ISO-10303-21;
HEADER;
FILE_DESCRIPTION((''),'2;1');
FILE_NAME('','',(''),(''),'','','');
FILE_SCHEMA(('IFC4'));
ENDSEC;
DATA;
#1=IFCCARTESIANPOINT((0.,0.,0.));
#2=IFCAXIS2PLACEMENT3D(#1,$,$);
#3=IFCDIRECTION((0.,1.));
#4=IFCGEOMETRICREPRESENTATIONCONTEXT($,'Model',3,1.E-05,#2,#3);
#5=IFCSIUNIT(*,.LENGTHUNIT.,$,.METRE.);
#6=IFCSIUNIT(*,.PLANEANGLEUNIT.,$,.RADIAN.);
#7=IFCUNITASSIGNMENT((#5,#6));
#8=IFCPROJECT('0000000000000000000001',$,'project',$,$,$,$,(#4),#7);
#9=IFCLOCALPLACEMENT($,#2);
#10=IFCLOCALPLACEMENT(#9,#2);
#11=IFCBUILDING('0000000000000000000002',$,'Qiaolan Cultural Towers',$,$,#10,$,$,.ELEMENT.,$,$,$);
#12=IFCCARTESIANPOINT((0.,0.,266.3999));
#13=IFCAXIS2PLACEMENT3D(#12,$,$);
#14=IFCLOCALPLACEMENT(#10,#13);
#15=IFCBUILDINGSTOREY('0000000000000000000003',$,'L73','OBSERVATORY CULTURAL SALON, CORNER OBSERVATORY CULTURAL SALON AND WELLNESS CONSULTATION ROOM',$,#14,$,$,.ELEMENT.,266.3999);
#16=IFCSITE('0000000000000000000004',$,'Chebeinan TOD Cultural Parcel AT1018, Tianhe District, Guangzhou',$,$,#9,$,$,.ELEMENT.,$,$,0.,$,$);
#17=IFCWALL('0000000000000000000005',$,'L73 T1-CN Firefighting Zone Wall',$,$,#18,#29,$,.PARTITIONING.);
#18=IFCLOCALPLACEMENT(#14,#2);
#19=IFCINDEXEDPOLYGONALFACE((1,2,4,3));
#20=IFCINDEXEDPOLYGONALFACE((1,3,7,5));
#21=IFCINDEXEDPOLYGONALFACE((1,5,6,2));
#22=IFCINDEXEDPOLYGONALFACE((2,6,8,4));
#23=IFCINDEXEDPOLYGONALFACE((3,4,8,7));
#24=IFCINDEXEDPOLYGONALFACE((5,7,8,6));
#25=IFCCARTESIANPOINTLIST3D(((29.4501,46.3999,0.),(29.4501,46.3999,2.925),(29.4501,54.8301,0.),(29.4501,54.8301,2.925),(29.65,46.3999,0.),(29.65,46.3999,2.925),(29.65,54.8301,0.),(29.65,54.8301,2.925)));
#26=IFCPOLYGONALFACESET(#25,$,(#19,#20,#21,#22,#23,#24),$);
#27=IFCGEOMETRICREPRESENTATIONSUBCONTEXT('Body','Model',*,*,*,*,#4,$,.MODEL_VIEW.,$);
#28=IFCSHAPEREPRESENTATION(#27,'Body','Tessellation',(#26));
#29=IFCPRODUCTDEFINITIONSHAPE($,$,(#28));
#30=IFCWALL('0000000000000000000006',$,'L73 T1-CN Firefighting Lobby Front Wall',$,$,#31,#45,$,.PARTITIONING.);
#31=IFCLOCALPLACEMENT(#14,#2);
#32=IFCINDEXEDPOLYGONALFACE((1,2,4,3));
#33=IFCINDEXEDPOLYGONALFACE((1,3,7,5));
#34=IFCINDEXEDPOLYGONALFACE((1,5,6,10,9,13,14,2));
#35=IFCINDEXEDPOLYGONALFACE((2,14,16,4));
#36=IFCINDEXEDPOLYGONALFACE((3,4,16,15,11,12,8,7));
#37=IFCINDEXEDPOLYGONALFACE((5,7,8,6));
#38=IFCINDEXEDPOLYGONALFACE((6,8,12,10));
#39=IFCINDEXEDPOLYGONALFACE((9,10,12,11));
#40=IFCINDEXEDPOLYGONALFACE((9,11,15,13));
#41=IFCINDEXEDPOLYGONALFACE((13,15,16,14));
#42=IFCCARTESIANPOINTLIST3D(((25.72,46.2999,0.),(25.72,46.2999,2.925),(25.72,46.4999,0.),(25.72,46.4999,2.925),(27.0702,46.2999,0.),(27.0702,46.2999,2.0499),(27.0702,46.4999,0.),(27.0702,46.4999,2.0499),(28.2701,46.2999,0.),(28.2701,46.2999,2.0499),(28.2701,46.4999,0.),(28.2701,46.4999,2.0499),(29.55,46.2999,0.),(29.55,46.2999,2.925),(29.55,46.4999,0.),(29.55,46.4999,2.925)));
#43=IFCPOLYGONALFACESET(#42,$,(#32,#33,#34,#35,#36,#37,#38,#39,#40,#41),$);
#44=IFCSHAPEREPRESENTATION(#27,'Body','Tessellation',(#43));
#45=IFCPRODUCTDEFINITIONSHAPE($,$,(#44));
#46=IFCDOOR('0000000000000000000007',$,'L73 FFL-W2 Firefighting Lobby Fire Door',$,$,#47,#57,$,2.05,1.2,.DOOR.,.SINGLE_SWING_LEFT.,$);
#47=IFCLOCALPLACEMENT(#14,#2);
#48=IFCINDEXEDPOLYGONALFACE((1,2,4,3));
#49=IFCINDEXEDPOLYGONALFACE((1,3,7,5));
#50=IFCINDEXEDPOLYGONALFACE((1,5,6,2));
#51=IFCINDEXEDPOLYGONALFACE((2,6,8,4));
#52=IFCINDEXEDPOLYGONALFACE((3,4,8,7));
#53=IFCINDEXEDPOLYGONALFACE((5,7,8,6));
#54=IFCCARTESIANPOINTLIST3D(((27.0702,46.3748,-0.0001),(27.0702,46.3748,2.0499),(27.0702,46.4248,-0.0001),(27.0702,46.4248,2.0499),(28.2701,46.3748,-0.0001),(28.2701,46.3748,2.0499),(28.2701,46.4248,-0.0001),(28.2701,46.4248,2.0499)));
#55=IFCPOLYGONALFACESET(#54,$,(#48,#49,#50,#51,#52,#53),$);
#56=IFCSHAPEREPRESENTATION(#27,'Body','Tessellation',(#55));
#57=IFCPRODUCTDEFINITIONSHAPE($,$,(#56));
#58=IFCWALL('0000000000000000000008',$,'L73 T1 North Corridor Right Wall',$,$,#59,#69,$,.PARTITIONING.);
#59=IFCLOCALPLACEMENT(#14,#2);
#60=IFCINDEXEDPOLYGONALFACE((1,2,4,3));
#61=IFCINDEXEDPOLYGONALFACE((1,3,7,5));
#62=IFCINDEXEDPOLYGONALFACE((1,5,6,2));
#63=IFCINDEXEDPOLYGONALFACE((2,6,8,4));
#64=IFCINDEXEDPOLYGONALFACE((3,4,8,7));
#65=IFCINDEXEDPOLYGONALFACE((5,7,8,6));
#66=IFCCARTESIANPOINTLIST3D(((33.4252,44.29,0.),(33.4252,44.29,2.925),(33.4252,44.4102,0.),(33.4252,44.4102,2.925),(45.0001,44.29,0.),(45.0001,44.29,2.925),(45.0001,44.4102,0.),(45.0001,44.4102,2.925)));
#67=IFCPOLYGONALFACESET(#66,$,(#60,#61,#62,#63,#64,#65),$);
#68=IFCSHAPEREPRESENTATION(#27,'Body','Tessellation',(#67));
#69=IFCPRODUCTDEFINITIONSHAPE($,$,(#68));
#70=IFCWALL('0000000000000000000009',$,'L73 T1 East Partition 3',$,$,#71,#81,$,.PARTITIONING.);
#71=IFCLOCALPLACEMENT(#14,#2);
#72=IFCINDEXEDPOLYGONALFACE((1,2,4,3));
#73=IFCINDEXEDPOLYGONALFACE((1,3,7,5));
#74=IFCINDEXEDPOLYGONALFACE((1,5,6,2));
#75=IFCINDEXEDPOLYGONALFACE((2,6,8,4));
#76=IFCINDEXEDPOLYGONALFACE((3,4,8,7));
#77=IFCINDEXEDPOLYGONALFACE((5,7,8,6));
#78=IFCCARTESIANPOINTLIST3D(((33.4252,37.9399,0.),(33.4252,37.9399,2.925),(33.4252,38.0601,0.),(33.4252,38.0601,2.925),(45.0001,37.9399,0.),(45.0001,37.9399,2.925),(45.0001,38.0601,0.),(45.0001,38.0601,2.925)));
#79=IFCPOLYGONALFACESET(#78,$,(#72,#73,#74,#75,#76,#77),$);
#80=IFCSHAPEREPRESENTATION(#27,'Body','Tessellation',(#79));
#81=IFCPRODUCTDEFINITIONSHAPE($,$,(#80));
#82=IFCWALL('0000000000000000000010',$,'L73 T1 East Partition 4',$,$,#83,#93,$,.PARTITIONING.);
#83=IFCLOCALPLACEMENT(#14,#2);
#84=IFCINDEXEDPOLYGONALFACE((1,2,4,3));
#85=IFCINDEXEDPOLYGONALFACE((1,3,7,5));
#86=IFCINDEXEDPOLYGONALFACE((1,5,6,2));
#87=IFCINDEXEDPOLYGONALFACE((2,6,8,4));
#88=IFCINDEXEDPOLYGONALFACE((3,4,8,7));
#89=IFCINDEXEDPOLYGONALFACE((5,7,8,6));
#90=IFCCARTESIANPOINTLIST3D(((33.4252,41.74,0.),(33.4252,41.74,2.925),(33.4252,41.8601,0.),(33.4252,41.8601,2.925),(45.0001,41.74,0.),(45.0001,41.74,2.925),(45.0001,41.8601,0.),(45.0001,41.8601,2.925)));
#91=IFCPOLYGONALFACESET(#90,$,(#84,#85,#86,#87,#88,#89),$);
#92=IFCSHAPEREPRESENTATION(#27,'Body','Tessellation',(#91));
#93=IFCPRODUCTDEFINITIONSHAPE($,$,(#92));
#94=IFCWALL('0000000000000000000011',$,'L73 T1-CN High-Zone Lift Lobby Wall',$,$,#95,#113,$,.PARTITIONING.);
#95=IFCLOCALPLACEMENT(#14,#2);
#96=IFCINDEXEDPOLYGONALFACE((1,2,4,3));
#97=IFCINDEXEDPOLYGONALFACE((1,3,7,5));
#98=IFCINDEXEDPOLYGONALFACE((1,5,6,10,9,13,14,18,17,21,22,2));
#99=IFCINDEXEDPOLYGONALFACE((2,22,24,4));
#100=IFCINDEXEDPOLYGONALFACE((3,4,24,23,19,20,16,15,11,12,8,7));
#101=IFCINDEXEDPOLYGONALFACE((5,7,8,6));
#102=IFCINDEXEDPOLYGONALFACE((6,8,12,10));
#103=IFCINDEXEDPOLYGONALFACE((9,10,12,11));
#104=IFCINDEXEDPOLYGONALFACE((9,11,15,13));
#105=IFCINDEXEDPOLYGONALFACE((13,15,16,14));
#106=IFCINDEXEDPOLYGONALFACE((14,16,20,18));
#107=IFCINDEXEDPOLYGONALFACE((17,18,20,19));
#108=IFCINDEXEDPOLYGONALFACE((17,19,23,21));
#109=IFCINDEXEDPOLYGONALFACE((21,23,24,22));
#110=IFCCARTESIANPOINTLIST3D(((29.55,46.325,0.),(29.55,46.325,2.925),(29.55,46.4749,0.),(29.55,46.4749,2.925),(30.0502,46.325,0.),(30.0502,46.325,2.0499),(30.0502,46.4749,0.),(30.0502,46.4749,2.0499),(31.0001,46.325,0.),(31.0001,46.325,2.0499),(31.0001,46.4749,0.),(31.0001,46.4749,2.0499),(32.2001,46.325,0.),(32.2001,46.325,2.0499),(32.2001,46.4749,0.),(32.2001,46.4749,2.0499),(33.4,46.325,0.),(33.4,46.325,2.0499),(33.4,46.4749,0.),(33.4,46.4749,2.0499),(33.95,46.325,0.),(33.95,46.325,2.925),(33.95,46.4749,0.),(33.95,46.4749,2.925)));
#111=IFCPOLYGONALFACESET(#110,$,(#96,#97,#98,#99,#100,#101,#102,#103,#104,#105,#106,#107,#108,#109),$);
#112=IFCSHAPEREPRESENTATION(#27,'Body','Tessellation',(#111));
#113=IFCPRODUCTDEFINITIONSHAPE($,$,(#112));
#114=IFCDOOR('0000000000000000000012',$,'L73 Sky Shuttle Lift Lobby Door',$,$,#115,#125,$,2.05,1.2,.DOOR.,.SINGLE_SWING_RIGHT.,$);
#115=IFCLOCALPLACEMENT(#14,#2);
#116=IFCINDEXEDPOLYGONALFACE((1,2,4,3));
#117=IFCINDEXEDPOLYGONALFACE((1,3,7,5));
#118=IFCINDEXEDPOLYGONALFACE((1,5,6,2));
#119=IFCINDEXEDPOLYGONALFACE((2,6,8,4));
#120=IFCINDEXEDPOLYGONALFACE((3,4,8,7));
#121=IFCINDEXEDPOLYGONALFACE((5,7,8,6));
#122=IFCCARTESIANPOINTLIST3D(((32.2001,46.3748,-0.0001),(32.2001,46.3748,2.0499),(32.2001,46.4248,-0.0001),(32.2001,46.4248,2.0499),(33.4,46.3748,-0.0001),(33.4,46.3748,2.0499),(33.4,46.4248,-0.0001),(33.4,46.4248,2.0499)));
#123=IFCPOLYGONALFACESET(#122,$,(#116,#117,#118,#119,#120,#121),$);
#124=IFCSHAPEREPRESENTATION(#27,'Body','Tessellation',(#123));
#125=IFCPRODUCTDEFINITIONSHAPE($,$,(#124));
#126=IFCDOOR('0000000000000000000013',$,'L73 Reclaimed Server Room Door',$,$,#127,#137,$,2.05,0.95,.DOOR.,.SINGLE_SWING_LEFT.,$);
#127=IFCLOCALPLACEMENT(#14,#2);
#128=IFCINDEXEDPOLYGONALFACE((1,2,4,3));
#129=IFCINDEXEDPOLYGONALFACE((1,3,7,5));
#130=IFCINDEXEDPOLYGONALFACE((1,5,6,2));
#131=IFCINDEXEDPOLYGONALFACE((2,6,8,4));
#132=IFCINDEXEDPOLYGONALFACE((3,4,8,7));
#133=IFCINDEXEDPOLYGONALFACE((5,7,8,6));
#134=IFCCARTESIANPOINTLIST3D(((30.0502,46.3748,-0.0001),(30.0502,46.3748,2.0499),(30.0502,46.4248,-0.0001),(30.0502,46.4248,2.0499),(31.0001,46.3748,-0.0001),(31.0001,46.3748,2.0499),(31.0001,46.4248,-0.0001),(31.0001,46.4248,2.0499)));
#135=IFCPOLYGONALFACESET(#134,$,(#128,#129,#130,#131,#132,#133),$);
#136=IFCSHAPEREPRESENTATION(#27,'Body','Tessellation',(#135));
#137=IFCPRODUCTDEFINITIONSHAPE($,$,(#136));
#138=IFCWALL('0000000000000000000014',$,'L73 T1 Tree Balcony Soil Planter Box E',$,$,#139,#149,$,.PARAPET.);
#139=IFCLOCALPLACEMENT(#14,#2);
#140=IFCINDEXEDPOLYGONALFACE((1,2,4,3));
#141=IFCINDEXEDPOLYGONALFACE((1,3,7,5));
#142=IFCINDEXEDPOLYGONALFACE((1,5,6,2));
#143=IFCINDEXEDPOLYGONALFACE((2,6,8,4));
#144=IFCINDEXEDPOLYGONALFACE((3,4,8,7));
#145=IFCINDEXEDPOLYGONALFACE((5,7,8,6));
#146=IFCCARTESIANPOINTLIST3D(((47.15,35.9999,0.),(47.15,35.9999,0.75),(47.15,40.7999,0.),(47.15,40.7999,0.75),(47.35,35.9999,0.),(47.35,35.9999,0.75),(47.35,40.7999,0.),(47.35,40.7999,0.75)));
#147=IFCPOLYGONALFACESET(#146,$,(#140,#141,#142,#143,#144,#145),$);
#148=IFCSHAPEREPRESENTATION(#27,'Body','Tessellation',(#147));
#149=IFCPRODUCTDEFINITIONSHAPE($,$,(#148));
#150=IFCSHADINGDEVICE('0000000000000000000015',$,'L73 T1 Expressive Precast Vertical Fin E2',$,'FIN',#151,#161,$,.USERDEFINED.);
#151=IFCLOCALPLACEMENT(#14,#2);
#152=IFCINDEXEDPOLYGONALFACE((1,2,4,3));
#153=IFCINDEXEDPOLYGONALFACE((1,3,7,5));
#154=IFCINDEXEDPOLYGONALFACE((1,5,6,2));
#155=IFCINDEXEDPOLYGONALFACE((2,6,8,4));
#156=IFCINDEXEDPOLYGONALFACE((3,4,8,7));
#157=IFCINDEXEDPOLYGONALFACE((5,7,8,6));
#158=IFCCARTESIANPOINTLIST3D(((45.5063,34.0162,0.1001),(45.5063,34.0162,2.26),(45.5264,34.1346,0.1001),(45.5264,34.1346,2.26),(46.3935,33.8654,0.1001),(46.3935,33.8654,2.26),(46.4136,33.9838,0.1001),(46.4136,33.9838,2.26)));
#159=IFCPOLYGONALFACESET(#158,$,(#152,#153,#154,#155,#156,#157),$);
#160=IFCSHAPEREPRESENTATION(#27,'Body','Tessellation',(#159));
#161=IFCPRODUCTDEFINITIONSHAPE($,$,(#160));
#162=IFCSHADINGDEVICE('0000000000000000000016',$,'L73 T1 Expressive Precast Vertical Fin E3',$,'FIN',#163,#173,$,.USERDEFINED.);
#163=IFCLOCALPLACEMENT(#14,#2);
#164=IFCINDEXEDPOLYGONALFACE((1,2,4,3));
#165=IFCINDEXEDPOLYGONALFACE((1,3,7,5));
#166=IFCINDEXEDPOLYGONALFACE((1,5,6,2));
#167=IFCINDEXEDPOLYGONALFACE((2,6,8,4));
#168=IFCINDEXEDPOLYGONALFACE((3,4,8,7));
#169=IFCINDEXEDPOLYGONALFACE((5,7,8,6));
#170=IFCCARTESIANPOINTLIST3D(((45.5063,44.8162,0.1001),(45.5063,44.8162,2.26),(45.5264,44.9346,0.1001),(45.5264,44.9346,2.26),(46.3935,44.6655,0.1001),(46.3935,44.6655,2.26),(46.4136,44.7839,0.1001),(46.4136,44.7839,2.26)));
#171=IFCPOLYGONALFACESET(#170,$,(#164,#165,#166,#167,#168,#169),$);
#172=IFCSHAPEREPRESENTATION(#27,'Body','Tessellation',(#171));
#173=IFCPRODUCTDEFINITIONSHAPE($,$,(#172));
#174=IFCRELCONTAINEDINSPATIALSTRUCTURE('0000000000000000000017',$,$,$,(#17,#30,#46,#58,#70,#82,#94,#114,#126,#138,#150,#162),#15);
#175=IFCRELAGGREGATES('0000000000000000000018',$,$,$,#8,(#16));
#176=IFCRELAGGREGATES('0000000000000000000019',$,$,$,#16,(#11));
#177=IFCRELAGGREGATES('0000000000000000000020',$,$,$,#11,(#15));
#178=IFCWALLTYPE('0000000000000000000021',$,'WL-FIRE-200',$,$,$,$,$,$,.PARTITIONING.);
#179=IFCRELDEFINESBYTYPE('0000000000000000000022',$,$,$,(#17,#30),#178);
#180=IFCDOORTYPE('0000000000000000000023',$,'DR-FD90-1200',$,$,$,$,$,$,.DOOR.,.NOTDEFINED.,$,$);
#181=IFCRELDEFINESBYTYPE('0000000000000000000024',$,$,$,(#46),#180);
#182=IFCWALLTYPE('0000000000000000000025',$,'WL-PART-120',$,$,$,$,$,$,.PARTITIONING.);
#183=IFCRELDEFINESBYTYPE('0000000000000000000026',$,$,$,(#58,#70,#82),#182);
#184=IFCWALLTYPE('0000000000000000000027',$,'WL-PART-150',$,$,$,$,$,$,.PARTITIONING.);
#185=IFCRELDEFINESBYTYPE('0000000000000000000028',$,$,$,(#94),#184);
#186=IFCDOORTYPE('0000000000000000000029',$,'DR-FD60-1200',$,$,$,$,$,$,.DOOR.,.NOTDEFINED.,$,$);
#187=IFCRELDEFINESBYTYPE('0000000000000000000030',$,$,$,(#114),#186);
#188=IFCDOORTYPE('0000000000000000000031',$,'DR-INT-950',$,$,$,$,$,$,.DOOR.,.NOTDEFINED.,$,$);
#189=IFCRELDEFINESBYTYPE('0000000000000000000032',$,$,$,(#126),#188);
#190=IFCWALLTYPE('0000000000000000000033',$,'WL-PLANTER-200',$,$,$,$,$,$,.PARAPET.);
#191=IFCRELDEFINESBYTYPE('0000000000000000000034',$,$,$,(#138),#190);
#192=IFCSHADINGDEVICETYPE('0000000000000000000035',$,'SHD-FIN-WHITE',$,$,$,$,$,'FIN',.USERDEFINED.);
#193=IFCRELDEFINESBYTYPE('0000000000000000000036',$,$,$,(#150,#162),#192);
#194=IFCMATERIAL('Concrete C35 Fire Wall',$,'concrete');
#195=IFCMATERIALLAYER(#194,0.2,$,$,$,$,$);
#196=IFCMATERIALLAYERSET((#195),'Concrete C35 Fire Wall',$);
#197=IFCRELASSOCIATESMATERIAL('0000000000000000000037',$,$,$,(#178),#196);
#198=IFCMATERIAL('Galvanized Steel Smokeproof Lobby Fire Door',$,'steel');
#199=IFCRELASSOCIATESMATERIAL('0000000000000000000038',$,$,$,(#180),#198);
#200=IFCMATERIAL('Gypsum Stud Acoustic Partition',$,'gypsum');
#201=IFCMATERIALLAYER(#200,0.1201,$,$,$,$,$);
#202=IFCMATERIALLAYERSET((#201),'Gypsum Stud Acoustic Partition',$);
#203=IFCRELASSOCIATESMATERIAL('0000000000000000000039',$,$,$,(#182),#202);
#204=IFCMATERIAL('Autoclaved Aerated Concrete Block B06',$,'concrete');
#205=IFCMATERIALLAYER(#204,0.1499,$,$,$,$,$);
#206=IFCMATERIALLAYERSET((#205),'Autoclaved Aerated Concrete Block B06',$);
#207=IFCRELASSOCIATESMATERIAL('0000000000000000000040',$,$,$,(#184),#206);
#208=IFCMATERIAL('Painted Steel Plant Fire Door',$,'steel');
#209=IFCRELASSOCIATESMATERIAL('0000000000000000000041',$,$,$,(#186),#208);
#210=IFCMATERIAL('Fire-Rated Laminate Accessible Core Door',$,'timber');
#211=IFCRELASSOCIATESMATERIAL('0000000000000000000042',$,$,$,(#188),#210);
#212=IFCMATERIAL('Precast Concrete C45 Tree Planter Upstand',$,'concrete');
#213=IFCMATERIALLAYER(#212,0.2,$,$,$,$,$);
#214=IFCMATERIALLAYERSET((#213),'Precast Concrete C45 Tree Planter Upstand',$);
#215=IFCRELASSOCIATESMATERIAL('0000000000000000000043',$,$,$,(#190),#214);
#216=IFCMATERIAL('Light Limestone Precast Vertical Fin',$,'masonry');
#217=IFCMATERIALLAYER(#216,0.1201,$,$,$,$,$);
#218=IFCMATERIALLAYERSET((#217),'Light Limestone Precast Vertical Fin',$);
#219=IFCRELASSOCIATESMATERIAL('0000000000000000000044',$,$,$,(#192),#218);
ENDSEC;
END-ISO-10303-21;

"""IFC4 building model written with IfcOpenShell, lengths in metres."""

from ifc_helpers import new_model, si_unit, direction, frame, frame_2d, origin, origin_2d, place, context, subcontext, project, spatial, rectangle, extrude, material, layer, layer_set, type_object, element, fill, save


model = new_model("IFC4")

# Units and contexts
model_context = context("Model", 3, precision=1e-05, world=origin(), true_north=direction((0.0, 1.0)))
body_context = subcontext(model_context, "Body", "Model", "MODEL_VIEW")
ifc_project = project(units=[si_unit("LENGTHUNIT", "METRE"), si_unit("PLANEANGLEUNIT", "RADIAN")], contexts=[model_context])

# Site, building, storey
site_placement = place(None, origin())
site = spatial("IfcSite", under=ifc_project, at=site_placement, Name="Chebeinan TOD Cultural Parcel AT1018, Tianhe District, Guangzhou", CompositionType="ELEMENT", RefElevation=0.0)
building_placement = place(site_placement, origin())
building = spatial("IfcBuilding", under=site, at=building_placement, Name="Qiaolan Cultural Towers", CompositionType="ELEMENT")
storey_placement = place(building_placement, frame((0.0, 0.0, 266.3999)))
storey = spatial("IfcBuildingStorey", under=building, at=storey_placement, Name="L73", Description="OBSERVATORY CULTURAL SALON, CORNER OBSERVATORY CULTURAL SALON AND WELLNESS CONSULTATION ROOM", CompositionType="ELEMENT", Elevation=266.3999)

# Wall
ifc_material_1 = material(Name="Concrete C35 Fire Wall", Category="concrete")
ifc_layer_1 = layer(ifc_material_1, 0.2)
ifc_layer_set_1 = layer_set([ifc_layer_1], Name="Concrete C35 Fire Wall")
wall_type_1 = type_object("IfcWallType", Name="WL-FIRE-200", PredefinedType="PARTITIONING", material=ifc_layer_set_1)
wall_1_placement = place(storey_placement, frame((29.55, 46.3999, 0.0), z_axis=(0.0, 0.0, 1.0), x_axis=(0.0, 1.0, 0.0)))
element("IfcWall", 1, at=wall_1_placement, inside=storey, type_object=wall_type_1, Name="L73 T1-CN Firefighting Zone Wall", PredefinedType="PARTITIONING", context=body_context, shape_type="SweptSolid", body=[
    extrude(rectangle(XDim=8.4302, YDim=0.2, at=frame_2d((4.2151, 0.0))), origin(), (0.0, 0.0, 1.0), 2.925),
])

# Wall, opening, door
wall_2_placement = place(storey_placement, frame((25.72, 46.3999, 0.0), z_axis=(0.0, 0.0, 1.0), x_axis=(1.0, 0.0, 0.0)))
wall_2 = element("IfcWall", 2, at=wall_2_placement, inside=storey, type_object=wall_type_1, Name="L73 T1-CN Firefighting Lobby Front Wall", PredefinedType="PARTITIONING", context=body_context, shape_type="SweptSolid", body=[
    extrude(rectangle(XDim=3.8301, YDim=0.2, at=frame_2d((1.915, 0.0))), origin(), (0.0, 0.0, 1.0), 2.925),
])
opening_1_placement = place(wall_2_placement, frame((1.3501, 0.0, 0.0)))
opening_1 = element("IfcOpeningElement", 3, at=opening_1_placement, cuts=wall_2, PredefinedType="OPENING", context=body_context, shape_type="SweptSolid", body=[
    extrude(rectangle(XDim=1.2, YDim=2.05, at=frame_2d((0.6001, 1.0249))), frame((0.0, 0.1099, 0.0), z_axis=(0.0, -1.0, 0.0), x_axis=(1.0, 0.0, 0.0)), (0.0, 0.0, 1.0), 0.22),
])
ifc_material_2 = material(Name="Galvanized Steel Smokeproof Lobby Fire Door", Category="steel")
door_type_1 = type_object("IfcDoorType", Name="DR-FD90-1200", OperationType="NOTDEFINED", PredefinedType="DOOR", material=ifc_material_2)
door_1_placement = place(opening_1_placement, origin())
door_1 = element("IfcDoor", 4, at=door_1_placement, inside=storey, type_object=door_type_1, Name="L73 FFL-W2 Firefighting Lobby Fire Door", OperationType="SINGLE_SWING_LEFT", OverallHeight=2.05, OverallWidth=1.2, PredefinedType="DOOR", context=body_context, shape_type="SweptSolid", body=[
    extrude(rectangle(XDim=1.2, YDim=2.05, at=frame_2d((0.6001, 1.0249))), frame((0.0, 0.0249, 0.0), z_axis=(0.0, -1.0, 0.0), x_axis=(1.0, 0.0, 0.0)), (0.0, 0.0, 1.0), 0.05),
])
fill(opening_1, door_1)

# Walls
ifc_material_3 = material(Name="Gypsum Stud Acoustic Partition", Category="gypsum")
ifc_layer_2 = layer(ifc_material_3, 0.1201)
ifc_layer_set_2 = layer_set([ifc_layer_2], Name="Gypsum Stud Acoustic Partition")
wall_type_2 = type_object("IfcWallType", Name="WL-PART-120", PredefinedType="PARTITIONING", material=ifc_layer_set_2)
for number, where, z_axis, x_axis, name in (
    (5, (33.425, 44.3501, 0.0), (0.0, 0.0, 1.0), (1.0, 0.0, 0.0), "L73 T1 North Corridor Right Wall"),
    (6, (33.425, 38.0, 0.0), (0.0, 0.0, 1.0), (1.0, 0.0, 0.0), "L73 T1 East Partition 3"),
    (7, (33.425, 41.8, 0.0), (0.0, 0.0, 1.0), (1.0, 0.0, 0.0), "L73 T1 East Partition 4"),
):
    element("IfcWall", number, at=place(storey_placement, frame(where, z_axis=z_axis, x_axis=x_axis)), inside=storey, type_object=wall_type_2, Name=name, PredefinedType="PARTITIONING", context=body_context, shape_type="SweptSolid", body=[
        extrude(rectangle(XDim=11.575, YDim=0.1201, at=frame_2d((5.7876, 0.0))), origin(), (0.0, 0.0, 1.0), 2.925),
    ])

# Wall, openings, doors
ifc_material_4 = material(Name="Autoclaved Aerated Concrete Block B06", Category="concrete")
ifc_layer_3 = layer(ifc_material_4, 0.1499)
ifc_layer_set_3 = layer_set([ifc_layer_3], Name="Autoclaved Aerated Concrete Block B06")
wall_type_3 = type_object("IfcWallType", Name="WL-PART-150", PredefinedType="PARTITIONING", material=ifc_layer_set_3)
wall_3_placement = place(storey_placement, frame((29.55, 46.3999, 0.0), z_axis=(0.0, 0.0, 1.0), x_axis=(1.0, 0.0, 0.0)))
wall_3 = element("IfcWall", 8, at=wall_3_placement, inside=storey, type_object=wall_type_3, Name="L73 T1-CN High-Zone Lift Lobby Wall", PredefinedType="PARTITIONING", context=body_context, shape_type="SweptSolid", body=[
    extrude(rectangle(XDim=4.3999, YDim=0.1499, at=frame_2d((2.2, 0.0))), origin(), (0.0, 0.0, 1.0), 2.925),
])
opening_2_placement = place(wall_3_placement, frame((0.5, 0.0, 0.0)))
opening_2 = element("IfcOpeningElement", 9, at=opening_2_placement, cuts=wall_3, PredefinedType="OPENING", context=body_context, shape_type="SweptSolid", body=[
    extrude(rectangle(XDim=0.95, YDim=2.05, at=frame_2d((0.4751, 1.0249))), frame((0.0, 0.085, 0.0), z_axis=(0.0, -1.0, 0.0), x_axis=(1.0, 0.0, 0.0)), (0.0, 0.0, 1.0), 0.1699),
])
opening_3_placement = place(wall_3_placement, frame((2.6499, 0.0, 0.0)))
opening_3 = element("IfcOpeningElement", 10, at=opening_3_placement, cuts=wall_3, PredefinedType="OPENING", context=body_context, shape_type="SweptSolid", body=[
    extrude(rectangle(XDim=1.2, YDim=2.05, at=frame_2d((0.6001, 1.0249))), frame((0.0, 0.085, 0.0), z_axis=(0.0, -1.0, 0.0), x_axis=(1.0, 0.0, 0.0)), (0.0, 0.0, 1.0), 0.1699),
])
ifc_material_5 = material(Name="Painted Steel Plant Fire Door", Category="steel")
door_type_2 = type_object("IfcDoorType", Name="DR-FD60-1200", OperationType="NOTDEFINED", PredefinedType="DOOR", material=ifc_material_5)
door_2_placement = place(opening_3_placement, origin())
door_2 = element("IfcDoor", 11, at=door_2_placement, inside=storey, type_object=door_type_2, Name="L73 Sky Shuttle Lift Lobby Door", OperationType="SINGLE_SWING_RIGHT", OverallHeight=2.05, OverallWidth=1.2, PredefinedType="DOOR", context=body_context, shape_type="SweptSolid", body=[
    extrude(rectangle(XDim=1.2, YDim=2.05, at=frame_2d((0.6001, 1.0249))), frame((0.0, 0.0249, 0.0), z_axis=(0.0, -1.0, 0.0), x_axis=(1.0, 0.0, 0.0)), (0.0, 0.0, 1.0), 0.05),
])
fill(opening_3, door_2)
ifc_material_6 = material(Name="Fire-Rated Laminate Accessible Core Door", Category="timber")
door_type_3 = type_object("IfcDoorType", Name="DR-INT-950", OperationType="NOTDEFINED", PredefinedType="DOOR", material=ifc_material_6)
door_3_placement = place(opening_2_placement, origin())
door_3 = element("IfcDoor", 12, at=door_3_placement, inside=storey, type_object=door_type_3, Name="L73 Reclaimed Server Room Door", OperationType="SINGLE_SWING_LEFT", OverallHeight=2.05, OverallWidth=0.95, PredefinedType="DOOR", context=body_context, shape_type="SweptSolid", body=[
    extrude(rectangle(XDim=0.95, YDim=2.05, at=frame_2d((0.4751, 1.0249))), frame((0.0, 0.0249, 0.0), z_axis=(0.0, -1.0, 0.0), x_axis=(1.0, 0.0, 0.0)), (0.0, 0.0, 1.0), 0.05),
])
fill(opening_2, door_3)

# Wall
ifc_material_7 = material(Name="Precast Concrete C45 Tree Planter Upstand", Category="concrete")
ifc_layer_4 = layer(ifc_material_7, 0.2)
ifc_layer_set_4 = layer_set([ifc_layer_4], Name="Precast Concrete C45 Tree Planter Upstand")
wall_type_4 = type_object("IfcWallType", Name="WL-PLANTER-200", PredefinedType="PARAPET", material=ifc_layer_set_4)
wall_4_placement = place(storey_placement, frame((47.25, 36.0, 0.0), z_axis=(0.0, 0.0, 1.0), x_axis=(0.0, 1.0, 0.0)))
element("IfcWall", 13, at=wall_4_placement, inside=storey, type_object=wall_type_4, Name="L73 T1 Tree Balcony Soil Planter Box E", PredefinedType="PARAPET", context=body_context, shape_type="SweptSolid", body=[
    extrude(rectangle(XDim=4.8, YDim=0.2, at=frame_2d((2.3999, 0.0))), origin(), (0.0, 0.0, 1.0), 0.75),
])

# Shading devices
ifc_material_8 = material(Name="Light Limestone Precast Vertical Fin", Category="masonry")
ifc_layer_5 = layer(ifc_material_8, 0.1201)
ifc_layer_set_5 = layer_set([ifc_layer_5], Name="Light Limestone Precast Vertical Fin")
shading_device_type = type_object("IfcShadingDeviceType", Name="SHD-FIN-WHITE", ElementType="FIN", PredefinedType="USERDEFINED", material=ifc_layer_set_5)
for number, where, z_axis, x_axis, name in (
    (14, (45.96, 34.0, 0.1001), (0.0, 0.0, 1.0), (0.985874, -0.167488, 0.0), "L73 T1 Expressive Precast Vertical Fin E2"),
    (15, (45.96, 44.8, 0.1001), (0.0, 0.0, 1.0), (0.985874, -0.167488, 0.0), "L73 T1 Expressive Precast Vertical Fin E3"),
):
    element("IfcShadingDevice", number, at=place(storey_placement, frame(where, z_axis=z_axis, x_axis=x_axis)), inside=storey, type_object=shading_device_type, Name=name, ObjectType="FIN", PredefinedType="USERDEFINED", context=body_context, shape_type="SweptSolid", body=[
        extrude(rectangle(XDim=0.8999, YDim=0.1201, at=origin_2d()), origin(), (0.0, 0.0, 1.0), 2.1599),
    ])

save(model, "model.ifc")
